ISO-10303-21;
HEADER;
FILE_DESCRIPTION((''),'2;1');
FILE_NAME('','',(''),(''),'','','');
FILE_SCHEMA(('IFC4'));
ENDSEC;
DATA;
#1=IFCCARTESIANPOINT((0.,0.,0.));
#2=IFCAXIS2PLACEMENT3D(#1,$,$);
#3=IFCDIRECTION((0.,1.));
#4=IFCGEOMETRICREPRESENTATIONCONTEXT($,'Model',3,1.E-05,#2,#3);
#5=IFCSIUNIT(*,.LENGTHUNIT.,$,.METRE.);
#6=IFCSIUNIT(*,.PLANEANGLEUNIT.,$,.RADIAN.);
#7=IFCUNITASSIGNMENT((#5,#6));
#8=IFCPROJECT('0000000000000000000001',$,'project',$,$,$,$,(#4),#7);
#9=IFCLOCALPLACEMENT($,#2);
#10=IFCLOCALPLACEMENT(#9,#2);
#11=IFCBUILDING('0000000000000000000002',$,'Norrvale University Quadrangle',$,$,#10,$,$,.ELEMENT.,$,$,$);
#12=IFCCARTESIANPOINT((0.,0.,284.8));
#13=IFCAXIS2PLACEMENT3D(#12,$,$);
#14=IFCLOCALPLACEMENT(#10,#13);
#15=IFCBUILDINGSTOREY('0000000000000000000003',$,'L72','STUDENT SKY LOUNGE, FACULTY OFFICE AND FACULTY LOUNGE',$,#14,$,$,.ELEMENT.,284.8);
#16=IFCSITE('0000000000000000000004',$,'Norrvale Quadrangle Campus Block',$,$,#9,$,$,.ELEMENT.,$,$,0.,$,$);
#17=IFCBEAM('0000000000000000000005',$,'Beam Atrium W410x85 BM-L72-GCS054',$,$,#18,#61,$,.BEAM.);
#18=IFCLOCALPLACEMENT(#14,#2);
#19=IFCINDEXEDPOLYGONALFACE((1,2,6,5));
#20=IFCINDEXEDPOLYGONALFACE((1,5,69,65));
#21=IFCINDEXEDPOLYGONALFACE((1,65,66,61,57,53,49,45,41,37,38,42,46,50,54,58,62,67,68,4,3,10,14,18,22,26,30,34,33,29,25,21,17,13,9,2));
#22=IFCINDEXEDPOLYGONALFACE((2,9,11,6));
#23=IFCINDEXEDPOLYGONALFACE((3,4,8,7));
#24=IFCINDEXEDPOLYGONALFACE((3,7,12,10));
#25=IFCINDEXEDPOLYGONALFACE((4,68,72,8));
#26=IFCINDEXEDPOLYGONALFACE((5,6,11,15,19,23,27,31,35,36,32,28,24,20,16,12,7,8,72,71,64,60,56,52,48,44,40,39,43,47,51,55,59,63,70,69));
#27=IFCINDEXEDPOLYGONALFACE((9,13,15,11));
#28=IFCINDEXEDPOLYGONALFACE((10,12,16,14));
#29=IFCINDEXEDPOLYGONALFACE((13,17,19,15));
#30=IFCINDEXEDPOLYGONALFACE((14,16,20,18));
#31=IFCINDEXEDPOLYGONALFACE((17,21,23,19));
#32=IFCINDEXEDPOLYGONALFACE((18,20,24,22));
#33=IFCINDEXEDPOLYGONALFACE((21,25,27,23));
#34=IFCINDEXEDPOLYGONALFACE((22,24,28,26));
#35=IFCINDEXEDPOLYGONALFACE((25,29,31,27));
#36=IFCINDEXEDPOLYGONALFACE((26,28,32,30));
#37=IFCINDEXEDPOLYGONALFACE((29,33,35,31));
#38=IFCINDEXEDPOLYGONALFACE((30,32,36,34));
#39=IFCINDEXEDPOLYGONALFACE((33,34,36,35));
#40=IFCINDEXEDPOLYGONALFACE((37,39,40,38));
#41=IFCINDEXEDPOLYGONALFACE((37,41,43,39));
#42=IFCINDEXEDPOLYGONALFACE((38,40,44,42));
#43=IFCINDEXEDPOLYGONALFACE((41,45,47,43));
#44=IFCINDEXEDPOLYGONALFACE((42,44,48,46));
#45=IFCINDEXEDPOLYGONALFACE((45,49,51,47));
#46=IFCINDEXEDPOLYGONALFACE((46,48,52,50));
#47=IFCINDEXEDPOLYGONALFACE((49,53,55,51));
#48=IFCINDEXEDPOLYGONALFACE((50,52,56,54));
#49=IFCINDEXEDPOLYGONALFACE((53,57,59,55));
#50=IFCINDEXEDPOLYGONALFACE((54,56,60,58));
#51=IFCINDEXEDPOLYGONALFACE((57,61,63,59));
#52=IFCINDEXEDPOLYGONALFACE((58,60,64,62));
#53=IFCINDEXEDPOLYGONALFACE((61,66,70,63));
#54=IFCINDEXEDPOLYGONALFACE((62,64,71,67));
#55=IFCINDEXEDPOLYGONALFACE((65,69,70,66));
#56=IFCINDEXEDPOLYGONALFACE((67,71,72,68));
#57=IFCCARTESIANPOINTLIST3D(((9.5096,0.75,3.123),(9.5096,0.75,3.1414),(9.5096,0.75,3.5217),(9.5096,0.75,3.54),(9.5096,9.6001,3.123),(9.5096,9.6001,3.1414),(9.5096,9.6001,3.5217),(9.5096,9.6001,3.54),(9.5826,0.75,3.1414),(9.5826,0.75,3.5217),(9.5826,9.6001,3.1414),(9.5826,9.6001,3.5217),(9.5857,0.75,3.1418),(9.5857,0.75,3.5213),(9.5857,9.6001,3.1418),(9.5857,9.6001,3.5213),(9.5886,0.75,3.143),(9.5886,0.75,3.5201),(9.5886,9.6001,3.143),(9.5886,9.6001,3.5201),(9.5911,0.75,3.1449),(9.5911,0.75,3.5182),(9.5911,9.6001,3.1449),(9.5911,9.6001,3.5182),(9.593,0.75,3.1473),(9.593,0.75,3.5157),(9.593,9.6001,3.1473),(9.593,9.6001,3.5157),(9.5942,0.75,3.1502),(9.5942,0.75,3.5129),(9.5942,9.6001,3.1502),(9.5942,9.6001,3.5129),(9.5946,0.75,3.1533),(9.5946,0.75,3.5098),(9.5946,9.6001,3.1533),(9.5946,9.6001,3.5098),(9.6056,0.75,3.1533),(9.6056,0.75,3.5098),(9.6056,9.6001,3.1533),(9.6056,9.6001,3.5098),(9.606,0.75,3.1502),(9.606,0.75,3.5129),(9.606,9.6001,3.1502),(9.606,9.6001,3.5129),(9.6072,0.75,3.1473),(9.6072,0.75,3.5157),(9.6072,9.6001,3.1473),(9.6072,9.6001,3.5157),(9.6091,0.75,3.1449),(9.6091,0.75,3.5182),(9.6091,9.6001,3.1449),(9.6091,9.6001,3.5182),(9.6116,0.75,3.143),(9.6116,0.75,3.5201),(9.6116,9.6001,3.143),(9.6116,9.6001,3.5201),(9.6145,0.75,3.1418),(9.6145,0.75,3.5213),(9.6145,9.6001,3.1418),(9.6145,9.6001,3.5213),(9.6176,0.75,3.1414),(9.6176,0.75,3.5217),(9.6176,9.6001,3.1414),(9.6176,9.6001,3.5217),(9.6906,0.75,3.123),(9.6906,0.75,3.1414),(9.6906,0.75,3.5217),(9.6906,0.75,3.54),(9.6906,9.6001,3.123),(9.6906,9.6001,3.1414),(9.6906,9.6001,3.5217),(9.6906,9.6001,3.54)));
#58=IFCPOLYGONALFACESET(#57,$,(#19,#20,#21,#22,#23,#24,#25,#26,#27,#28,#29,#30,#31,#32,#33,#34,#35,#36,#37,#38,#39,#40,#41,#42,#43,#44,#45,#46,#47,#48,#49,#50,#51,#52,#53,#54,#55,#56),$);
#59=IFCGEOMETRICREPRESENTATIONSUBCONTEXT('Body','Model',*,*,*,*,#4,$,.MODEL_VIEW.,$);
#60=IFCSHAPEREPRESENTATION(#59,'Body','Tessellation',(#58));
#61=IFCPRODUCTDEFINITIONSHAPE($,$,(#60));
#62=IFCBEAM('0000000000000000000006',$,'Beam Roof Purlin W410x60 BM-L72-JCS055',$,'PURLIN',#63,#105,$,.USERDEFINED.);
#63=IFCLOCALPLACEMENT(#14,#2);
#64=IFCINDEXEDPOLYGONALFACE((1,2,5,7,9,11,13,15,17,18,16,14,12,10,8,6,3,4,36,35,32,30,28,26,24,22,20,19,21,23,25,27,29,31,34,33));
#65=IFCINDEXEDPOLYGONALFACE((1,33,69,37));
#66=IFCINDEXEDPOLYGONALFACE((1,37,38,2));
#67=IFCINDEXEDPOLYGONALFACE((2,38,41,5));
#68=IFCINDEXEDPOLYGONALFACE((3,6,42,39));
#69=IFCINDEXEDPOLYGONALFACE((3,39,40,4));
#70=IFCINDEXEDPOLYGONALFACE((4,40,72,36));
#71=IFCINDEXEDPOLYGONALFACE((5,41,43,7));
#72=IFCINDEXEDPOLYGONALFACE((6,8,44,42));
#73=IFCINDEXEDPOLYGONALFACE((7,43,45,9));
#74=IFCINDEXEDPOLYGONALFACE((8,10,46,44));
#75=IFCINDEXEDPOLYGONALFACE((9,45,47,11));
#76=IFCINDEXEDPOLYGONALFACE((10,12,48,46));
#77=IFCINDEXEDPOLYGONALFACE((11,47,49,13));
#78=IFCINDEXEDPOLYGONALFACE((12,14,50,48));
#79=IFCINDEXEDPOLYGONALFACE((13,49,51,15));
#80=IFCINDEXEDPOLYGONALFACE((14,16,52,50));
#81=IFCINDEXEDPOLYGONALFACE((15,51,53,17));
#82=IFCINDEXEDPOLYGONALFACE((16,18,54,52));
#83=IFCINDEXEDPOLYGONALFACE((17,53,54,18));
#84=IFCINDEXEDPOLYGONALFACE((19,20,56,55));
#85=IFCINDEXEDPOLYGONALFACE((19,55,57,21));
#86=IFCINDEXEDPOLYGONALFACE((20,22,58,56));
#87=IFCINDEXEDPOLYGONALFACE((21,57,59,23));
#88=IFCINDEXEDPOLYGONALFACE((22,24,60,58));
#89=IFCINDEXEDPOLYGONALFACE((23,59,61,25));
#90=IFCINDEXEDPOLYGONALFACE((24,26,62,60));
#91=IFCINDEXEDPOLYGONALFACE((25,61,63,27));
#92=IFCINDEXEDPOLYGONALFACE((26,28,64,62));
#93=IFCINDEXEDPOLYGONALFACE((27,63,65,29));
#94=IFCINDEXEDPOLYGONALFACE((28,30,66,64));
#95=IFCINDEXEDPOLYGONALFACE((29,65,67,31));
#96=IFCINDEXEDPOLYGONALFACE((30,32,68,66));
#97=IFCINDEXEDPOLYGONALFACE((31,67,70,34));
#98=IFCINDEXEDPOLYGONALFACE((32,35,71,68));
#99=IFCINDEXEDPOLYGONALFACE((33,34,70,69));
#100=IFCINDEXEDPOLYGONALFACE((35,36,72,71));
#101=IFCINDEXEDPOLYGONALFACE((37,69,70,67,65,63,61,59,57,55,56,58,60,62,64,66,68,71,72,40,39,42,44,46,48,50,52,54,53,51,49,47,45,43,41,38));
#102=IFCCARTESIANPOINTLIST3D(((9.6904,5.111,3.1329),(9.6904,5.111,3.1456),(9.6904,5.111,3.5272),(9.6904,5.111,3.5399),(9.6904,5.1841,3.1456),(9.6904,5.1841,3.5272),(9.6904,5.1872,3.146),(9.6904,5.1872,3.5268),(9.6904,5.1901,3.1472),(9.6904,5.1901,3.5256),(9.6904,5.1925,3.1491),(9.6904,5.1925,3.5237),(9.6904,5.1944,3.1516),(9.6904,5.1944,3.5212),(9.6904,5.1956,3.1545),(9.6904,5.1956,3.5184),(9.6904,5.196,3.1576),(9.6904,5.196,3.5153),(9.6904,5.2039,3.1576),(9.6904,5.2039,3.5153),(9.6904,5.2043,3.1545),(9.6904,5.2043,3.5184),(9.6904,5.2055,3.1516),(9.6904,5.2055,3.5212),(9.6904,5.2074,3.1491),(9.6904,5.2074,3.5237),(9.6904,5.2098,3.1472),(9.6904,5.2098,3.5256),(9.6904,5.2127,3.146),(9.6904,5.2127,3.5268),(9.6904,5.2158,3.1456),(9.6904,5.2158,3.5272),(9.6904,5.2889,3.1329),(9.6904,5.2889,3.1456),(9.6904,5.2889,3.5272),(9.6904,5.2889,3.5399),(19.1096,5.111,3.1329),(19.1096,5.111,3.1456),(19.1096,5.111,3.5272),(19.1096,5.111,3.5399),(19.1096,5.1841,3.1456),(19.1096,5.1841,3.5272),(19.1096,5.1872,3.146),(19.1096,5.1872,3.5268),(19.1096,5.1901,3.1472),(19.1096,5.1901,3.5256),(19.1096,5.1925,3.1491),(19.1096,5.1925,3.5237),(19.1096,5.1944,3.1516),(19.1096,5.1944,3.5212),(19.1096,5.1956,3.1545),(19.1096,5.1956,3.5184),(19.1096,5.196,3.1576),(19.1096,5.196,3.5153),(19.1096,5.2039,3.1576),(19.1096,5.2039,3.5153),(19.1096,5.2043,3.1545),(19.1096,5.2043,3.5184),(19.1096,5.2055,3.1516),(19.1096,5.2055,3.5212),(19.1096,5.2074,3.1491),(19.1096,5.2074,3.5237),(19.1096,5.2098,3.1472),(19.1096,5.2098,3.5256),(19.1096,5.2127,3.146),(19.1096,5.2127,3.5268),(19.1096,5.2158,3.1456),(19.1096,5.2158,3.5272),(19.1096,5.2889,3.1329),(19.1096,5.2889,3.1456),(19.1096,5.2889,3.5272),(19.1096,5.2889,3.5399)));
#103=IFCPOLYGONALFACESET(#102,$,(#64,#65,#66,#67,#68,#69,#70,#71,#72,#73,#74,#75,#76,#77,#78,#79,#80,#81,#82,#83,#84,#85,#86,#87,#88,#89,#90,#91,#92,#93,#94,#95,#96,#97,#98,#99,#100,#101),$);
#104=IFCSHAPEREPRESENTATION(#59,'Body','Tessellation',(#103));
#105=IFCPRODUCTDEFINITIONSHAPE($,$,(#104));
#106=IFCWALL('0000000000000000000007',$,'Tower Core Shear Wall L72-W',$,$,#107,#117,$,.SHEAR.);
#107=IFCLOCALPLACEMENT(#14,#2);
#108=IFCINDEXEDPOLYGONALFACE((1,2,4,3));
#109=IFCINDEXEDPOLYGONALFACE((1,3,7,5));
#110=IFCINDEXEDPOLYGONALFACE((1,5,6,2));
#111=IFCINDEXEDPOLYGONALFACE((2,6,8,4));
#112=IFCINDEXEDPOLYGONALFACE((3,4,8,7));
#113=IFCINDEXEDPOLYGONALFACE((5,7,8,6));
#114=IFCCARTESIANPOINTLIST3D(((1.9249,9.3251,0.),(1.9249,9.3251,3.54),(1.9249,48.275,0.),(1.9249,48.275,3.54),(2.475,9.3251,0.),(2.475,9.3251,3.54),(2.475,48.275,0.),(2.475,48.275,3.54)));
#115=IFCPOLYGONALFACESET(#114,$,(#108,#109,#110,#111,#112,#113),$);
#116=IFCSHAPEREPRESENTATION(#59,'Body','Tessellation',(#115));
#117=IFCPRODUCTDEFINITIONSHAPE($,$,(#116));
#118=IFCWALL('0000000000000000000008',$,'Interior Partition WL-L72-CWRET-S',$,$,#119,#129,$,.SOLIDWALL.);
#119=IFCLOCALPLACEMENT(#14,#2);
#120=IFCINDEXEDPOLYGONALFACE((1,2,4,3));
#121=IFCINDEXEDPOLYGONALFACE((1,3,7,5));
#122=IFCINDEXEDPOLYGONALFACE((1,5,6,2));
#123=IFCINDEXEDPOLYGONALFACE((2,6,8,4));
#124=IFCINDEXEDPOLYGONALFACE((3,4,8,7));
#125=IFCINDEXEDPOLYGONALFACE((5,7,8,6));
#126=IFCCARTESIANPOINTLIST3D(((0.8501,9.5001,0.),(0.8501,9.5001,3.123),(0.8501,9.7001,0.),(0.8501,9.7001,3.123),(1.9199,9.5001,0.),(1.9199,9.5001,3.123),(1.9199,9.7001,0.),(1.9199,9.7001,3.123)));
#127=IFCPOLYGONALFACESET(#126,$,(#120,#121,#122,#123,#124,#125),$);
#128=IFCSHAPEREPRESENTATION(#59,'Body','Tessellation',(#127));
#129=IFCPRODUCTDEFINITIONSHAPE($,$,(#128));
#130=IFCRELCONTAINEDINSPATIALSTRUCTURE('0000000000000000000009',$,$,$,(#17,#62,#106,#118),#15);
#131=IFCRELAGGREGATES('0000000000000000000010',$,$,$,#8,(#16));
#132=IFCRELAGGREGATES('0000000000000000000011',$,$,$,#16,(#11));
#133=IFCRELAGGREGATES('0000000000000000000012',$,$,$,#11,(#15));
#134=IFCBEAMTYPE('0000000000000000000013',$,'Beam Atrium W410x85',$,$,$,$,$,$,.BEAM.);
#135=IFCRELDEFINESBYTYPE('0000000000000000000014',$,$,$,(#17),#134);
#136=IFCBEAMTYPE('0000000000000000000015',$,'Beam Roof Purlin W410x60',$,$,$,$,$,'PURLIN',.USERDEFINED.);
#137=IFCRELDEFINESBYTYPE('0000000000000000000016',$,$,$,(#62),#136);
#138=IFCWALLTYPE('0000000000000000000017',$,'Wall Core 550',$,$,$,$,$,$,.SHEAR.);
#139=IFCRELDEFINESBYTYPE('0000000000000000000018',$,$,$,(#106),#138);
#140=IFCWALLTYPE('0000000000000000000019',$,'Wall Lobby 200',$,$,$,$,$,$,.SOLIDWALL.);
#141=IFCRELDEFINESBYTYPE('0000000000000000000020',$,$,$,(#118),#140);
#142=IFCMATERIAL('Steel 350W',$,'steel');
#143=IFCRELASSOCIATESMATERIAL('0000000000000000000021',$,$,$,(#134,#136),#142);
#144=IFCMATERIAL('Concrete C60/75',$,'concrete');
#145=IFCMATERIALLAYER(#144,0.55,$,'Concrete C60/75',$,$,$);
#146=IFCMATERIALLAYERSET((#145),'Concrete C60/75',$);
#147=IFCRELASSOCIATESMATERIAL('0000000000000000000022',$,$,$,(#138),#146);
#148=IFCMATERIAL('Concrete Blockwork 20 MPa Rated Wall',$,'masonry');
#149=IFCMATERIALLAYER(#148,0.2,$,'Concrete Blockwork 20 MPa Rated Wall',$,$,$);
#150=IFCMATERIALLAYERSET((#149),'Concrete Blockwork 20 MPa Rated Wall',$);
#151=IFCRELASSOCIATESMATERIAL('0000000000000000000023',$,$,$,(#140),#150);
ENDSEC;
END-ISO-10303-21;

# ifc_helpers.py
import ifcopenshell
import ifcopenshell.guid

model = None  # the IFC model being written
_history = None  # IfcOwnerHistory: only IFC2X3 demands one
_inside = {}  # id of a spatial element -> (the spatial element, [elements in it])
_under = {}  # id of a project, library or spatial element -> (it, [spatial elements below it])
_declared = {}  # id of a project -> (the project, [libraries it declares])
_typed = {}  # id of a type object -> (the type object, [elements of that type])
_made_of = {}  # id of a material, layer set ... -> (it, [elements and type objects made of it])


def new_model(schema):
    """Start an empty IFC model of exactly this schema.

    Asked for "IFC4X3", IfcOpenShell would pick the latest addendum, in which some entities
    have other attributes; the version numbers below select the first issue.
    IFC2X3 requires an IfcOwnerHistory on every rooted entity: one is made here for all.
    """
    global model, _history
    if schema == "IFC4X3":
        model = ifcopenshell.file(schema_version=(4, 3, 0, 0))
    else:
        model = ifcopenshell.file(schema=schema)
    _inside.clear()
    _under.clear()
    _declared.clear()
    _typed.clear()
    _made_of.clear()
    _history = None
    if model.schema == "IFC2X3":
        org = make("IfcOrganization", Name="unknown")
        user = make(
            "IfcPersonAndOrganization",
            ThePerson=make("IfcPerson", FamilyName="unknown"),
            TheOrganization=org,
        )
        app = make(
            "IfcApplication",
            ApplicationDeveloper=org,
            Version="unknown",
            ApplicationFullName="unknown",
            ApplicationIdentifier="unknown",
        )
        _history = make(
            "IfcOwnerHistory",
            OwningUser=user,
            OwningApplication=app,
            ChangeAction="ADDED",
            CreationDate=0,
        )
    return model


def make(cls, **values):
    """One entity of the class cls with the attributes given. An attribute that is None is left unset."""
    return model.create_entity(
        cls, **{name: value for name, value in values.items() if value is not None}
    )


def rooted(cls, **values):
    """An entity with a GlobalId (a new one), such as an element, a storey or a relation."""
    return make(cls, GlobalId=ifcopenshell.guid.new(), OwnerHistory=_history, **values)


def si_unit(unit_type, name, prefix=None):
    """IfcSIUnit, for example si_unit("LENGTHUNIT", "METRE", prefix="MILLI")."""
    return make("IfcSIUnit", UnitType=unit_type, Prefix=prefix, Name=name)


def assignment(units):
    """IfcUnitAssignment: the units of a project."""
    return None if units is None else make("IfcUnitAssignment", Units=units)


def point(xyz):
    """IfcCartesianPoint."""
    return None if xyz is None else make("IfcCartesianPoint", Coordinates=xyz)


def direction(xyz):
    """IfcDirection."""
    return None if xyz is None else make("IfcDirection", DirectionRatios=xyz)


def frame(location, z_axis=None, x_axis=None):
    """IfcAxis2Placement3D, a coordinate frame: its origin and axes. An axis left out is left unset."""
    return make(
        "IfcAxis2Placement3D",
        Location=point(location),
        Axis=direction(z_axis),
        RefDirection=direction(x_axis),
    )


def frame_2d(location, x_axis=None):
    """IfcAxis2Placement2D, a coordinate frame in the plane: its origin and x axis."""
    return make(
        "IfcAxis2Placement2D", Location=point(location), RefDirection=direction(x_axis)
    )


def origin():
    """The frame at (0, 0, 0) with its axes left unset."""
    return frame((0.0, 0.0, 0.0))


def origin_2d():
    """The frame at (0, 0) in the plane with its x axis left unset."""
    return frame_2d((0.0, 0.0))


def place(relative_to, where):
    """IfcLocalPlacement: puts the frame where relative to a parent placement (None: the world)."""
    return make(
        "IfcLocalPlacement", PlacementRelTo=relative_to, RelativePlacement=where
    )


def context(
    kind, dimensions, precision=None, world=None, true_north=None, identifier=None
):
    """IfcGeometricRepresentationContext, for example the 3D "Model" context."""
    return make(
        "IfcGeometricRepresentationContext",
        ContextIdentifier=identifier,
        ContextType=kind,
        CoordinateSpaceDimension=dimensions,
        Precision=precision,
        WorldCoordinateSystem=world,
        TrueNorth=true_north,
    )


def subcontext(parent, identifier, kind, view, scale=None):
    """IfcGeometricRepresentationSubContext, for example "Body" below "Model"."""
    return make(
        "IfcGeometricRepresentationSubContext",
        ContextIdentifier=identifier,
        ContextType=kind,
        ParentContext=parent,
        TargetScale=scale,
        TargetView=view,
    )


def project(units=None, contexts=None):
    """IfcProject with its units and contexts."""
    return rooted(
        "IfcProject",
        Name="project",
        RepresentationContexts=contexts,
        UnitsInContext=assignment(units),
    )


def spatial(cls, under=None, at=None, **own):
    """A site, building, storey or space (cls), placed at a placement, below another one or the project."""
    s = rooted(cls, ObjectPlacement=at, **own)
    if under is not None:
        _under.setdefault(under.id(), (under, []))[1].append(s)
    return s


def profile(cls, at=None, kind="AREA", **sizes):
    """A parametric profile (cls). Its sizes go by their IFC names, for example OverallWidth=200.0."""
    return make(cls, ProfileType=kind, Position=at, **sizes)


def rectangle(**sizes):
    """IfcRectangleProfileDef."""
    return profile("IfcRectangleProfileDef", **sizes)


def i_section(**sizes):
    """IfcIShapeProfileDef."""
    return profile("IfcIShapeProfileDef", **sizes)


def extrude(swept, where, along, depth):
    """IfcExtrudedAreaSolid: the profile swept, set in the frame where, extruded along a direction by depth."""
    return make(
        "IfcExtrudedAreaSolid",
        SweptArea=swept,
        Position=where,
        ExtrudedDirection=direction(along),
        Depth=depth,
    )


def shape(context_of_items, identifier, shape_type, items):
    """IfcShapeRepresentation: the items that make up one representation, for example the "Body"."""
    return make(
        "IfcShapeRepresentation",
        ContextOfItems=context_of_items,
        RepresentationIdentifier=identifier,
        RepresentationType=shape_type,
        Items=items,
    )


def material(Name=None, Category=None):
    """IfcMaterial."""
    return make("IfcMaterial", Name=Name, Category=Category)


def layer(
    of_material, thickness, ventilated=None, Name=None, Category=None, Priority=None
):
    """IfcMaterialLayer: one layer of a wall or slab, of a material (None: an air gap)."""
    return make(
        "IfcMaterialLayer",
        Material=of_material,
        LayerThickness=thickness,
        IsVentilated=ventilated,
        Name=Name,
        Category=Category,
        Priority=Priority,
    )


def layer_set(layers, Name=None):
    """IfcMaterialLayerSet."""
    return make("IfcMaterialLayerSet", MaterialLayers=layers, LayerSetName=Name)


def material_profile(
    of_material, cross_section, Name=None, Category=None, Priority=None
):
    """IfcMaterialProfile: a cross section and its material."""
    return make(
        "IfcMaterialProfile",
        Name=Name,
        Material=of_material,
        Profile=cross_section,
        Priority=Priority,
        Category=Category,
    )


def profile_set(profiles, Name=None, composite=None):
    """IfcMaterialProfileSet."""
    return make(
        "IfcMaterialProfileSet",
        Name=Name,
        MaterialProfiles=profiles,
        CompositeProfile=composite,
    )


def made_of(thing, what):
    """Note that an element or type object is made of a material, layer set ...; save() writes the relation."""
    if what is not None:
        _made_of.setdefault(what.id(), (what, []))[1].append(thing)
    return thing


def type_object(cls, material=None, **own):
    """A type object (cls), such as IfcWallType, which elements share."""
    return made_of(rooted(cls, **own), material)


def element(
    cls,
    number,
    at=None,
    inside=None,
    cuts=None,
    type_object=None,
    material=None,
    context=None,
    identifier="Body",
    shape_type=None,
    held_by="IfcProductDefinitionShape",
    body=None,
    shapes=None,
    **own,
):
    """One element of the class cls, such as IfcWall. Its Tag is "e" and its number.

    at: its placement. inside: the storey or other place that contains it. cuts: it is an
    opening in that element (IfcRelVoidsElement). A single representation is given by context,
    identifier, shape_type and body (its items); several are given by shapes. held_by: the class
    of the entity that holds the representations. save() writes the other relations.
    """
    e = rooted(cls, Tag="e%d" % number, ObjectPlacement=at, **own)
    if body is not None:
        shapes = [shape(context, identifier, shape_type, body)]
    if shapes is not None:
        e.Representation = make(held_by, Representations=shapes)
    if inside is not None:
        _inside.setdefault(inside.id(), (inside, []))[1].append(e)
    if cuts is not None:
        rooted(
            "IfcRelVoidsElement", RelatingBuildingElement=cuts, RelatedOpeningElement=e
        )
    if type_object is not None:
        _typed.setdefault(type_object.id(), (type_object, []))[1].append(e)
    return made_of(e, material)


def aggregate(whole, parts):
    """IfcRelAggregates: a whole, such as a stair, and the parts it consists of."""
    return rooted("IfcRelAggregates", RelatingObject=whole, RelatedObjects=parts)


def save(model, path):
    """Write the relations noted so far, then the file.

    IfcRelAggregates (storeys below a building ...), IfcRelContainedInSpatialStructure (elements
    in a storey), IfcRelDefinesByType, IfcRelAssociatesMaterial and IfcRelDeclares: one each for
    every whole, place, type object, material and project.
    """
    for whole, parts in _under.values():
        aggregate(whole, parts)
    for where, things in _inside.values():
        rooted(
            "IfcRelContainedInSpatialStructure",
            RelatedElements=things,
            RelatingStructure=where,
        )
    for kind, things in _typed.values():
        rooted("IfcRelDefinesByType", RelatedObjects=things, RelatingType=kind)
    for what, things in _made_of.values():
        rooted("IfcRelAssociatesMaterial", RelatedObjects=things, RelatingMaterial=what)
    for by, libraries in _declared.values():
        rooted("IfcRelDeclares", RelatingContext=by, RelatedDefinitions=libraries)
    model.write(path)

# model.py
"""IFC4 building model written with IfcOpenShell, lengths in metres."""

from ifc_helpers import new_model, si_unit, direction, frame, frame_2d, origin, origin_2d, place, context, subcontext, project, spatial, rectangle, i_section, extrude, material, layer, layer_set, material_profile, profile_set, type_object, element, save


model = new_model("IFC4")

# Units and contexts
model_context = context("Model", 3, precision=1e-05, world=origin(), true_north=direction((0.0, 1.0)))
body_context = subcontext(model_context, "Body", "Model", "MODEL_VIEW")
ifc_project = project(units=[si_unit("LENGTHUNIT", "METRE"), si_unit("PLANEANGLEUNIT", "RADIAN")], contexts=[model_context])

# Site, building, storey
site_placement = place(None, origin())
site = spatial("IfcSite", under=ifc_project, at=site_placement, Name="Norrvale Quadrangle Campus Block", CompositionType="ELEMENT", RefElevation=0.0)
building_placement = place(site_placement, origin())
building = spatial("IfcBuilding", under=site, at=building_placement, Name="Norrvale University Quadrangle", CompositionType="ELEMENT")
storey_placement = place(building_placement, frame((0.0, 0.0, 284.8)))
storey = spatial("IfcBuildingStorey", under=building, at=storey_placement, Name="L72", Description="STUDENT SKY LOUNGE, FACULTY OFFICE AND FACULTY LOUNGE", CompositionType="ELEMENT", Elevation=284.8)

# Shared definitions
ifc_material_1 = material(Name="Concrete C60/75", Category="concrete")

# Beams
ifc_material_2 = material(Name="Steel 350W", Category="steel")
ifc_material_profile_1 = material_profile(ifc_material_2, i_section(OverallWidth=0.1809, OverallDepth=0.417, WebThickness=0.011, FlangeThickness=0.0183, FilletRadius=0.012, at=origin_2d()), Name="Steel 350W")
ifc_profile_set_1 = profile_set([ifc_material_profile_1], Name="Steel 350W")
beam_type_1 = type_object("IfcBeamType", Name="Beam Atrium W410x85", PredefinedType="BEAM", material=ifc_profile_set_1)
beam_1_placement = place(storey_placement, frame((9.6001, 0.75, 3.3315), z_axis=(0.0, 1.0, 0.0), x_axis=(-1.0, 0.0, 0.0)))
element("IfcBeam", 1, at=beam_1_placement, inside=storey, type_object=beam_type_1, Name="Beam Atrium W410x85 BM-L72-GCS054", PredefinedType="BEAM", context=body_context, shape_type="SweptSolid", body=[
    extrude(i_section(OverallWidth=0.1809, OverallDepth=0.417, WebThickness=0.011, FlangeThickness=0.0183, FilletRadius=0.012, at=origin_2d()), origin(), (0.0, 0.0, 1.0), 8.8501),
])
ifc_material_profile_2 = material_profile(ifc_material_2, i_section(OverallWidth=0.178, OverallDepth=0.407, WebThickness=0.0078, FlangeThickness=0.0127, FilletRadius=0.012, at=origin_2d()), Name="Steel 350W")
ifc_profile_set_2 = profile_set([ifc_material_profile_2], Name="Steel 350W")
beam_type_2 = type_object("IfcBeamType", Name="Beam Roof Purlin W410x60", ElementType="PURLIN", PredefinedType="USERDEFINED", material=ifc_profile_set_2)
beam_2_placement = place(storey_placement, frame((9.6904, 5.2, 3.3364), z_axis=(1.0, 0.0, 0.0), x_axis=(0.0, 1.0, 0.0)))
element("IfcBeam", 2, at=beam_2_placement, inside=storey, type_object=beam_type_2, Name="Beam Roof Purlin W410x60 BM-L72-JCS055", ObjectType="PURLIN", PredefinedType="USERDEFINED", context=body_context, shape_type="SweptSolid", body=[
    extrude(i_section(OverallWidth=0.178, OverallDepth=0.407, WebThickness=0.0078, FlangeThickness=0.0127, FilletRadius=0.012, at=origin_2d()), origin(), (0.0, 0.0, 1.0), 9.4192),
])

# Walls
ifc_layer_1 = layer(ifc_material_1, 0.55, Name="Concrete C60/75")
ifc_layer_set_1 = layer_set([ifc_layer_1], Name="Concrete C60/75")
wall_type_1 = type_object("IfcWallType", Name="Wall Core 550", PredefinedType="SHEAR", material=ifc_layer_set_1)
wall_1_placement = place(storey_placement, frame((2.2, 9.325, 0.0), z_axis=(0.0, 0.0, 1.0), x_axis=(0.0, 1.0, 0.0)))
element("IfcWall", 3, at=wall_1_placement, inside=storey, type_object=wall_type_1, Name="Tower Core Shear Wall L72-W", PredefinedType="SHEAR", context=body_context, shape_type="SweptSolid", body=[
    extrude(rectangle(XDim=38.95, YDim=0.55, at=frame_2d((19.4751, 0.0))), origin(), (0.0, 0.0, 1.0), 3.54),
])
ifc_material_3 = material(Name="Concrete Blockwork 20 MPa Rated Wall", Category="masonry")
ifc_layer_2 = layer(ifc_material_3, 0.2, Name="Concrete Blockwork 20 MPa Rated Wall")
ifc_layer_set_2 = layer_set([ifc_layer_2], Name="Concrete Blockwork 20 MPa Rated Wall")
wall_type_2 = type_object("IfcWallType", Name="Wall Lobby 200", PredefinedType="SOLIDWALL", material=ifc_layer_set_2)
wall_2_placement = place(storey_placement, frame((0.8501, 9.6001, 0.0), z_axis=(0.0, 0.0, 1.0), x_axis=(1.0, 0.0, 0.0)))
element("IfcWall", 4, at=wall_2_placement, inside=storey, type_object=wall_type_2, Name="Interior Partition WL-L72-CWRET-S", PredefinedType="SOLIDWALL", context=body_context, shape_type="SweptSolid", body=[
    extrude(rectangle(XDim=1.0698, YDim=0.2, at=frame_2d((0.5349, 0.0))), origin(), (0.0, 0.0, 1.0), 3.123),
])

save(model, "model.ifc")
